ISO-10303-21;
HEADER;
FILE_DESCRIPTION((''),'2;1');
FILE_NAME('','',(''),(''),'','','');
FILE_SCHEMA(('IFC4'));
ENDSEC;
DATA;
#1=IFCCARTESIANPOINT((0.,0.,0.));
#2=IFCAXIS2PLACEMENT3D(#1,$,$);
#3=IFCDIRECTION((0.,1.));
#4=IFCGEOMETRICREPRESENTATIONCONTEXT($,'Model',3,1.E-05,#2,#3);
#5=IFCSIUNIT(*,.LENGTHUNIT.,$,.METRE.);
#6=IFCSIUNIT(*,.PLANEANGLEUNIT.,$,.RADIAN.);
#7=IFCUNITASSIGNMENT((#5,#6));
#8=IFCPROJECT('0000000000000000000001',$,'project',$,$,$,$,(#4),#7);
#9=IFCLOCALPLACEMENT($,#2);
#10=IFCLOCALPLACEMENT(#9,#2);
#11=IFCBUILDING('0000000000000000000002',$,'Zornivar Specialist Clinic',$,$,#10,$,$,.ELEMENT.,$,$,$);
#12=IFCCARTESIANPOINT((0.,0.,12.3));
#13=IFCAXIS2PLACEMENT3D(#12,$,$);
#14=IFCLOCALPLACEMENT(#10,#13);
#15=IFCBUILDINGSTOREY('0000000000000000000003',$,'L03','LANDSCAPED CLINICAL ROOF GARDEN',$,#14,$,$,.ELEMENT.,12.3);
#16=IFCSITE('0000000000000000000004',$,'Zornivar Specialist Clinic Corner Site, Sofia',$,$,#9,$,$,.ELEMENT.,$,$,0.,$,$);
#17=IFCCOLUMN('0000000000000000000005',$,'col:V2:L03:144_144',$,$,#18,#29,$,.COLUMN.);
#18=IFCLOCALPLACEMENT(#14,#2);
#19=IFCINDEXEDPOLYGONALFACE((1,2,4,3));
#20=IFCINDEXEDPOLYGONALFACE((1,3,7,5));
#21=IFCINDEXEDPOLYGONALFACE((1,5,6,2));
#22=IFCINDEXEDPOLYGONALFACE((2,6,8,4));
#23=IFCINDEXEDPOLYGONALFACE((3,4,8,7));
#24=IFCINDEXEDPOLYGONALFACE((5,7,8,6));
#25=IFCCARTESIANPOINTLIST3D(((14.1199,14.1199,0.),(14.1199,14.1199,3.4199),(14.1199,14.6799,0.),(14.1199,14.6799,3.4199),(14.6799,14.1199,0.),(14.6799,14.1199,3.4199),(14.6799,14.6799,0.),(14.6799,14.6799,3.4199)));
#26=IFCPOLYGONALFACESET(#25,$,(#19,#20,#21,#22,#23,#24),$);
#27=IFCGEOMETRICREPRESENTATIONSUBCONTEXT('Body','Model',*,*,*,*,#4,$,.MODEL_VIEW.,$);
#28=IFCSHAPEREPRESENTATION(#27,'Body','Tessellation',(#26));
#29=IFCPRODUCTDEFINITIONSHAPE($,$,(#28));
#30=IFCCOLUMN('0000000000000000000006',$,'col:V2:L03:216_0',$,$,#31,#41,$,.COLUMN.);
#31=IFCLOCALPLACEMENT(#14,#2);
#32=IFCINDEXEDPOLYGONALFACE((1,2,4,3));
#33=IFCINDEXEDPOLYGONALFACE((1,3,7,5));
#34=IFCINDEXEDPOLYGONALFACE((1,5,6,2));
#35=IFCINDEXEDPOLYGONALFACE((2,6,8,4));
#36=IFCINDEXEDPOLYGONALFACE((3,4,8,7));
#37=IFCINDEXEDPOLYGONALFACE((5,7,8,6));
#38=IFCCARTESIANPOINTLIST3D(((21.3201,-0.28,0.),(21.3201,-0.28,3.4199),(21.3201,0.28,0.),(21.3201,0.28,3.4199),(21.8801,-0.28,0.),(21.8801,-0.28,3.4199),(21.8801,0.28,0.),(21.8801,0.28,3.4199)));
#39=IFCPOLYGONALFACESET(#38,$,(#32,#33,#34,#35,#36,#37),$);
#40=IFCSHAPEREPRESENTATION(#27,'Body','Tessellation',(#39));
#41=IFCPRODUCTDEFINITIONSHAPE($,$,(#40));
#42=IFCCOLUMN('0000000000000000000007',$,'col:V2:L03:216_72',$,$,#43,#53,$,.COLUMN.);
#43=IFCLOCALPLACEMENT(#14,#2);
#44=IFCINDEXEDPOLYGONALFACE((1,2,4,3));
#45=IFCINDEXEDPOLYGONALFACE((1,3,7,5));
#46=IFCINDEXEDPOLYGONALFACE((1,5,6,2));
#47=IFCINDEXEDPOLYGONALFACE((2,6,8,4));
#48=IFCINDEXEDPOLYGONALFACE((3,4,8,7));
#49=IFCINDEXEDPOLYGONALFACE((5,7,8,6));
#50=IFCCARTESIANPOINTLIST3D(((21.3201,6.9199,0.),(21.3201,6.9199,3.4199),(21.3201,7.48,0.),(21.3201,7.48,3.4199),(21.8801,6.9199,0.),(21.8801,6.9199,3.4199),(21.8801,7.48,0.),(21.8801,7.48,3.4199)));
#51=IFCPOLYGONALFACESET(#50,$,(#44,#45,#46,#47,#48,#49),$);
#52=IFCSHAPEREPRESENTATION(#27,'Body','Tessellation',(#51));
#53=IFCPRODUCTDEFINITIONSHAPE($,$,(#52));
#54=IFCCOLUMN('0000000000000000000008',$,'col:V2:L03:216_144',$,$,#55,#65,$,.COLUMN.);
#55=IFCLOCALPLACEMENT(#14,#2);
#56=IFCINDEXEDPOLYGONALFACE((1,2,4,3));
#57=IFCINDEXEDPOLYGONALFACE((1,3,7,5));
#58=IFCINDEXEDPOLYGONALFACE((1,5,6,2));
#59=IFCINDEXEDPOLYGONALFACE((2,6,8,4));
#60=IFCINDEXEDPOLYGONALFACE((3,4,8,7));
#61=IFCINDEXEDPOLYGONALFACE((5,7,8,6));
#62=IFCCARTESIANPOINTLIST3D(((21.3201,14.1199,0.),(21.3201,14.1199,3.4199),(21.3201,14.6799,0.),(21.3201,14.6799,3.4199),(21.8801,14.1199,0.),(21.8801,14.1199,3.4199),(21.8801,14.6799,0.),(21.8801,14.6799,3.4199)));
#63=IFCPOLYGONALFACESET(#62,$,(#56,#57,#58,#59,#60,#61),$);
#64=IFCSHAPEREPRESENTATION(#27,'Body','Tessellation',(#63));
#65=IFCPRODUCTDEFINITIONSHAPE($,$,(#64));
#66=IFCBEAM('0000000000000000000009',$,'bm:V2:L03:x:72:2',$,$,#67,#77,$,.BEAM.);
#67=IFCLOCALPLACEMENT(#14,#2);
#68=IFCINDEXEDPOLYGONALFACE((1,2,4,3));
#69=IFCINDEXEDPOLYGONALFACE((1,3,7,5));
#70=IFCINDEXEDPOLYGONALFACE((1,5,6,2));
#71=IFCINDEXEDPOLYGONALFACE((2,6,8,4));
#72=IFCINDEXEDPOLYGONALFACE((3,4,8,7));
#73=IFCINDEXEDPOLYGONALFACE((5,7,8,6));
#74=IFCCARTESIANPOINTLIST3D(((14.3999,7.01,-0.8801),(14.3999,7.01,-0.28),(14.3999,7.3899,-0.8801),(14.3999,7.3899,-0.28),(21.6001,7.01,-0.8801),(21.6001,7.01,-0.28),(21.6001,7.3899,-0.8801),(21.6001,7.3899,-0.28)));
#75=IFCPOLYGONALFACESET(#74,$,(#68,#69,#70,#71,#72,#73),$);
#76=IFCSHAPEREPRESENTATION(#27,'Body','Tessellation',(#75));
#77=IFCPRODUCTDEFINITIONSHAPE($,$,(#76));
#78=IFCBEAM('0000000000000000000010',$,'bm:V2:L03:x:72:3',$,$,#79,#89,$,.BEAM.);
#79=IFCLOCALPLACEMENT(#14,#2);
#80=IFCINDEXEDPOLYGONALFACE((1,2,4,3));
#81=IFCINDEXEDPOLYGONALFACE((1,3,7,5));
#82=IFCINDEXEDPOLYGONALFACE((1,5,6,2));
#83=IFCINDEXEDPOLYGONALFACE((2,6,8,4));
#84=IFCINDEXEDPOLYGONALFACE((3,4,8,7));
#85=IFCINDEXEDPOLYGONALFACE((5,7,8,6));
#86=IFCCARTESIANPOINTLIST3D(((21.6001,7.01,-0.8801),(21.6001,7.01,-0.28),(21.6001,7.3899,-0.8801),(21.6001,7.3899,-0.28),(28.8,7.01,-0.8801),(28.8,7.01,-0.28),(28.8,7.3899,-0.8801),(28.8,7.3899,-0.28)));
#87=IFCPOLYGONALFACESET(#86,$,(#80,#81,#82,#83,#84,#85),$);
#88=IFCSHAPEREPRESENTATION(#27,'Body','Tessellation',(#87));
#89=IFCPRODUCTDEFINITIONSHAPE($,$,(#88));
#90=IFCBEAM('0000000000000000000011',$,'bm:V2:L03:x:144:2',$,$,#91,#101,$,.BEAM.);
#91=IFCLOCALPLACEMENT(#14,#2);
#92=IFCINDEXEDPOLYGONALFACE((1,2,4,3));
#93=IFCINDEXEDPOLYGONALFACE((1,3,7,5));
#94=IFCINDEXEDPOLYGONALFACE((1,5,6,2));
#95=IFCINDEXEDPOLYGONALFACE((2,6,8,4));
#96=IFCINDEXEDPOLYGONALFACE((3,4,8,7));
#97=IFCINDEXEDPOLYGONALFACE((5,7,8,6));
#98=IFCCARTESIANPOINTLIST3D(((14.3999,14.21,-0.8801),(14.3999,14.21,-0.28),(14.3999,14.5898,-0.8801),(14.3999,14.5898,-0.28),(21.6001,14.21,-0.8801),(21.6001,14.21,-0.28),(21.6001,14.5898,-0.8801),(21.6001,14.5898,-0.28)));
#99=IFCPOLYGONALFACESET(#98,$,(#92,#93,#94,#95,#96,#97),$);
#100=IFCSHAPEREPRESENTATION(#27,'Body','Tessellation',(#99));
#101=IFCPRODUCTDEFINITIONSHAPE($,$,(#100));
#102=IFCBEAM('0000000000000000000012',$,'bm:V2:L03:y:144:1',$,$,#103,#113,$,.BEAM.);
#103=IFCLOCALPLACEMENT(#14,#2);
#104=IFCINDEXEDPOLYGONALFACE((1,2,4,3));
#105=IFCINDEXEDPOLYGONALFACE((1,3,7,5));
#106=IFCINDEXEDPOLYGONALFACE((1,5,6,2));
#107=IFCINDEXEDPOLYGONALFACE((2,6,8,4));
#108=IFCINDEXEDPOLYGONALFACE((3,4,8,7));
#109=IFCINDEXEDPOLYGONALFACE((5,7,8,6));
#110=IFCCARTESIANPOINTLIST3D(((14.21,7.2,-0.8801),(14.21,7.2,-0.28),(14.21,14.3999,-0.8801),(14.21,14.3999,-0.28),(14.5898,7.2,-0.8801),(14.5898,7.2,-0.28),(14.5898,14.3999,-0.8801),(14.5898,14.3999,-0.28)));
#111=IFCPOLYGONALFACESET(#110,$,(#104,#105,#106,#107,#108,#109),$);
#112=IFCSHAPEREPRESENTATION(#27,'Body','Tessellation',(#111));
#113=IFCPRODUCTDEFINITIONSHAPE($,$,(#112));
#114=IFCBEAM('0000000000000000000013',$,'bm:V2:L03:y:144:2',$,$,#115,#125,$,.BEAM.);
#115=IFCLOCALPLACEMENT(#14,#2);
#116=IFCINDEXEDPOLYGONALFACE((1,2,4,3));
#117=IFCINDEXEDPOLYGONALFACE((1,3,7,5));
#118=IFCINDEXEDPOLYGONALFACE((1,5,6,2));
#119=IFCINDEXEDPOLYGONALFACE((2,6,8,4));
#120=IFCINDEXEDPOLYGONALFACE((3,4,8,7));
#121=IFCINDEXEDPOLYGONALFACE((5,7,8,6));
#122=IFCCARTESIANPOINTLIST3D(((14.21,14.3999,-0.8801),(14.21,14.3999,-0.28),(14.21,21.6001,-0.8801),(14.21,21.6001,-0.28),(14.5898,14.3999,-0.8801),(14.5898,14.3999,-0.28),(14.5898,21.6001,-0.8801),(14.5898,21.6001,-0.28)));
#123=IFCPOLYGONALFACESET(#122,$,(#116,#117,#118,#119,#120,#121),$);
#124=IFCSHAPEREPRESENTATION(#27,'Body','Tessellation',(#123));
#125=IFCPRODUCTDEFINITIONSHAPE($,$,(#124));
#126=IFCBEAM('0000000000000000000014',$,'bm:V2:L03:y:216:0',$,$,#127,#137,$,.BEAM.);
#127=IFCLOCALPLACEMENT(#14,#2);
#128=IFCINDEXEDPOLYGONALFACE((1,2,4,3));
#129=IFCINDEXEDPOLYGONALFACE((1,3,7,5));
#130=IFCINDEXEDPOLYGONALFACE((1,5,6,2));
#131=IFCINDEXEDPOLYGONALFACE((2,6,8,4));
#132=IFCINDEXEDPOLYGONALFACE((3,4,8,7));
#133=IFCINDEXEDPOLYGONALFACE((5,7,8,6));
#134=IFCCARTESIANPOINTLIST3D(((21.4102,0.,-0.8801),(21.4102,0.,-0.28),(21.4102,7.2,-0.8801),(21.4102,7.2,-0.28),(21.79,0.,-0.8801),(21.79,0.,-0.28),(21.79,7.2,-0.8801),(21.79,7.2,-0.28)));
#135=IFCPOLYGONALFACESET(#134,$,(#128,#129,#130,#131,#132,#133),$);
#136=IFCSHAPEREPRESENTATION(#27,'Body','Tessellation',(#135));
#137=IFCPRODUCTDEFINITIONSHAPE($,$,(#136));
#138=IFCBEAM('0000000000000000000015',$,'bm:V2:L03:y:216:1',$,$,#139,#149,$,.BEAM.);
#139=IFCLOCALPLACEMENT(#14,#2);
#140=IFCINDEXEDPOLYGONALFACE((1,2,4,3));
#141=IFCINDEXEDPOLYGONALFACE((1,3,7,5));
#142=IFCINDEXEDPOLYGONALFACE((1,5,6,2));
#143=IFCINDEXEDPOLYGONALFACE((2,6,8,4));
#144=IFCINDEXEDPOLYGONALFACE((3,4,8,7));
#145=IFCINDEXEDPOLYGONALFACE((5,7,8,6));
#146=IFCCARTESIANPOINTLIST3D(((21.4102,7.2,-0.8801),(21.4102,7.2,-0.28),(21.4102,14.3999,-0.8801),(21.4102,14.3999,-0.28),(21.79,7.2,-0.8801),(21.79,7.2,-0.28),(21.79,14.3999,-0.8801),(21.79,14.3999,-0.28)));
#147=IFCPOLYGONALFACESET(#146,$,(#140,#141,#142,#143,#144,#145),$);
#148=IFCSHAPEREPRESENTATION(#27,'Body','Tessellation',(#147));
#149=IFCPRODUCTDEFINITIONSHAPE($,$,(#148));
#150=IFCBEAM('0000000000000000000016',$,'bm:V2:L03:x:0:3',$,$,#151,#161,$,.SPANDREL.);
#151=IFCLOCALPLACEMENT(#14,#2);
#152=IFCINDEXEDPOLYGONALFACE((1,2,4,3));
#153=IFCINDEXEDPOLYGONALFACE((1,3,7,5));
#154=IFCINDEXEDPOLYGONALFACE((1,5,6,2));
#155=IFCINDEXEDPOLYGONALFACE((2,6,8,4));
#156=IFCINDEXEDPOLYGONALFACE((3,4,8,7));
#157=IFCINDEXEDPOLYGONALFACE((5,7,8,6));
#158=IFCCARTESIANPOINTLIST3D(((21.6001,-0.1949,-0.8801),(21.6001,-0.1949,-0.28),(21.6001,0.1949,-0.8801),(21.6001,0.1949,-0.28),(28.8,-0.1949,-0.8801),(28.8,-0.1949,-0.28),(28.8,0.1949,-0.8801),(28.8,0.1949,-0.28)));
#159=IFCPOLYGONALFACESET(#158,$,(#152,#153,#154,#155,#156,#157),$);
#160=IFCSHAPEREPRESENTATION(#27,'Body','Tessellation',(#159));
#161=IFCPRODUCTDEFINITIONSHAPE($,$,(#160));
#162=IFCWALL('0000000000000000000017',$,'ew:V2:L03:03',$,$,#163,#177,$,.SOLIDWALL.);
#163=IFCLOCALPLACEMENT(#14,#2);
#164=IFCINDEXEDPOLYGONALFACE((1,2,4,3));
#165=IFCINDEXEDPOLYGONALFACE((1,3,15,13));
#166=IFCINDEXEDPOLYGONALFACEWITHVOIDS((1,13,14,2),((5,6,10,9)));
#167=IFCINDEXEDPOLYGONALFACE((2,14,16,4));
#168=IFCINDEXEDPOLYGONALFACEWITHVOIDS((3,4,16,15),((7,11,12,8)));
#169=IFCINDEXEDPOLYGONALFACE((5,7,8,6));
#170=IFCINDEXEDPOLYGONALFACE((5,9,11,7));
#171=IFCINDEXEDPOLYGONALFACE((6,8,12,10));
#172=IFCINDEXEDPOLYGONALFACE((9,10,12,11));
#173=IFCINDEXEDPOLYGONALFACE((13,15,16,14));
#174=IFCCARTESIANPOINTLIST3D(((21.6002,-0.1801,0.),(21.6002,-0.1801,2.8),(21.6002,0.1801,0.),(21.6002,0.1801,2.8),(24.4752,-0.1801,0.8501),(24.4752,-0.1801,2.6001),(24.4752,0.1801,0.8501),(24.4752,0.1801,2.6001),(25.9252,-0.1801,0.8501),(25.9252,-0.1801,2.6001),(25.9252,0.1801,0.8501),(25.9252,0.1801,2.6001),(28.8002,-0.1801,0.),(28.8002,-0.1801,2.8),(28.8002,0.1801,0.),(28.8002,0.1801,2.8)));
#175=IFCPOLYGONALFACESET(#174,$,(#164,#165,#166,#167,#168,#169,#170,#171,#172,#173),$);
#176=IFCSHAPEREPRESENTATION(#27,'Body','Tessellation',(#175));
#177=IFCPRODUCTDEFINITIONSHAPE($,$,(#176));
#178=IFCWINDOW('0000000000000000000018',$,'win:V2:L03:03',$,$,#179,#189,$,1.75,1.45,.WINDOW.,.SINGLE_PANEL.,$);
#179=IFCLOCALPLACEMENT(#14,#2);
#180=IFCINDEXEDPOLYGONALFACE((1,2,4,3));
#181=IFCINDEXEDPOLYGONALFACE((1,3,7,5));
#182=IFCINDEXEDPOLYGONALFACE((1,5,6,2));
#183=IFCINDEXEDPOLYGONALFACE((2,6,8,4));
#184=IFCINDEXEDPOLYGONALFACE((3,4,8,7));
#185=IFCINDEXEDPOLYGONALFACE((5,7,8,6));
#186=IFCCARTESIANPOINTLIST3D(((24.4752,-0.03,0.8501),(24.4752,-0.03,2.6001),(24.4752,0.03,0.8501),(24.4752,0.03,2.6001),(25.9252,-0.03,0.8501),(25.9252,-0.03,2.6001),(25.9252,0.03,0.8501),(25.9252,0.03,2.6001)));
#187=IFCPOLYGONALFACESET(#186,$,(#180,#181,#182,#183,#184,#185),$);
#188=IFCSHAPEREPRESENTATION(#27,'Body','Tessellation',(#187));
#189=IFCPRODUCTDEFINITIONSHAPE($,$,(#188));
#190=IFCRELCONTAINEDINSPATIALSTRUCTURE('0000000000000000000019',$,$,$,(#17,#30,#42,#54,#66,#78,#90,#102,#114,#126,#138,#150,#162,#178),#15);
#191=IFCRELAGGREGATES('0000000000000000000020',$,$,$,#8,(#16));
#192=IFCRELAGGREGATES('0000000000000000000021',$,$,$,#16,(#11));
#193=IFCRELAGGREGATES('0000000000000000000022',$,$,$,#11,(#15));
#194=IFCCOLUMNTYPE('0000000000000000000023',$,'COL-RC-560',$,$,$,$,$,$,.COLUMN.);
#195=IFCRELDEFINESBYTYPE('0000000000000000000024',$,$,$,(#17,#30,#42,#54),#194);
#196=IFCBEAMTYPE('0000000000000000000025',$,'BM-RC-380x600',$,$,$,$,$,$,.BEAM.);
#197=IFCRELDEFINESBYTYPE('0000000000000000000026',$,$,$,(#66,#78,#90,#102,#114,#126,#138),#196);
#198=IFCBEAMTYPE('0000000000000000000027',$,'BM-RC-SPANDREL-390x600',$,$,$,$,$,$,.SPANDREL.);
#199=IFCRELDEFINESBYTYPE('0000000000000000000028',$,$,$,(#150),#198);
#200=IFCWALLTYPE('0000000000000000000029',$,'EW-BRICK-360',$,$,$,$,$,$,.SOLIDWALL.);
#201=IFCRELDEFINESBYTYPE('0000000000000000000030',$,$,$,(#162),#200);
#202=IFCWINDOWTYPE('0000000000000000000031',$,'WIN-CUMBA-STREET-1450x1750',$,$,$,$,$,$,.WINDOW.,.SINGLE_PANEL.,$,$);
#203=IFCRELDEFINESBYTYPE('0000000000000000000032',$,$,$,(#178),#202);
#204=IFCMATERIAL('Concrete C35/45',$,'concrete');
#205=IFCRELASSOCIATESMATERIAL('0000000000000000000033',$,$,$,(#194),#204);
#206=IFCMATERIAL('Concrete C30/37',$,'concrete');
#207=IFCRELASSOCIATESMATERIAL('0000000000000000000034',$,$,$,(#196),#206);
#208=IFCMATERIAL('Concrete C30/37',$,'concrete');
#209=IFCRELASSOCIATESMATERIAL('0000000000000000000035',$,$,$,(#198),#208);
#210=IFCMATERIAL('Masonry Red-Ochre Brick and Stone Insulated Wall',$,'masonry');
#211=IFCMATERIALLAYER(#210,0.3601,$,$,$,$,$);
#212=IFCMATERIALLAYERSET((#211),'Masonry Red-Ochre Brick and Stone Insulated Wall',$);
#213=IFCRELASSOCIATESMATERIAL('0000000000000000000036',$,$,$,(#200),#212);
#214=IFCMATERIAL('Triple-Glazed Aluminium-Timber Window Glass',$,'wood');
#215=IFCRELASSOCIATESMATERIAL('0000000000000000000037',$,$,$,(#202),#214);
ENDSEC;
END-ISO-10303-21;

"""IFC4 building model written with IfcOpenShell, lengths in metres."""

from ifc_helpers import new_model, si_unit, direction, frame, frame_2d, origin, origin_2d, place, context, subcontext, project, spatial, rectangle, extrude, material, layer, layer_set, material_profile, profile_set, type_object, element, fill, save


model = new_model("IFC4")

# Units and contexts
model_context = context("Model", 3, precision=1e-05, world=origin(), true_north=direction((0.0, 1.0)))
body_context = subcontext(model_context, "Body", "Model", "MODEL_VIEW")
ifc_project = project(units=[si_unit("LENGTHUNIT", "METRE"), si_unit("PLANEANGLEUNIT", "RADIAN")], contexts=[model_context])

# Site, building, storey
site_placement = place(None, origin())
site = spatial("IfcSite", under=ifc_project, at=site_placement, Name="Zornivar Specialist Clinic Corner Site, Sofia", CompositionType="ELEMENT", RefElevation=0.0)
building_placement = place(site_placement, origin())
building = spatial("IfcBuilding", under=site, at=building_placement, Name="Zornivar Specialist Clinic", CompositionType="ELEMENT")
storey_placement = place(building_placement, frame((0.0, 0.0, 12.3)))
storey = spatial("IfcBuildingStorey", under=building, at=storey_placement, Name="L03", Description="LANDSCAPED CLINICAL ROOF GARDEN", CompositionType="ELEMENT", Elevation=12.3)

# Columns
ifc_material_1 = material(Name="Concrete C35/45", Category="concrete")
ifc_material_profile_1 = material_profile(ifc_material_1, rectangle(XDim=0.5601, YDim=0.5601, at=origin_2d()), Name="RC 560x560")
ifc_profile_set_1 = profile_set([ifc_material_profile_1], Name="Concrete C35/45")
column_type = type_object("IfcColumnType", Name="COL-RC-560", PredefinedType="COLUMN", material=ifc_profile_set_1)
for number, where, z_axis, x_axis, name in (
    (1, (14.3999, 14.3999, 0.0), (0.0, 0.0, 1.0), (1.0, 0.0, 0.0), "col:V2:L03:144_144"),
    (2, (21.6001, 0.0, 0.0), (0.0, 0.0, 1.0), (1.0, 0.0, 0.0), "col:V2:L03:216_0"),
    (3, (21.6001, 7.2, 0.0), (0.0, 0.0, 1.0), (1.0, 0.0, 0.0), "col:V2:L03:216_72"),
    (4, (21.6001, 14.3999, 0.0), (0.0, 0.0, 1.0), (1.0, 0.0, 0.0), "col:V2:L03:216_144"),
):
    element("IfcColumn", number, at=place(storey_placement, frame(where, z_axis=z_axis, x_axis=x_axis)), inside=storey, type_object=column_type, Name=name, PredefinedType="COLUMN", context=body_context, shape_type="SweptSolid", body=[
        extrude(rectangle(XDim=0.5601, YDim=0.5601, at=origin_2d()), origin(), (0.0, 0.0, 1.0), 3.4199),
    ])

# Beams
ifc_material_2 = material(Name="Concrete C30/37", Category="concrete")
ifc_material_profile_2 = material_profile(ifc_material_2, rectangle(XDim=0.3799, YDim=0.6001, at=origin_2d()), Name="RC 380x600")
ifc_profile_set_2 = profile_set([ifc_material_profile_2], Name="Concrete C30/37")
beam_type_1 = type_object("IfcBeamType", Name="BM-RC-380x600", PredefinedType="BEAM", material=ifc_profile_set_2)
beam_1_placement = place(storey_placement, frame((14.3999, 7.2, -0.5801), z_axis=(1.0, 0.0, 0.0), x_axis=(0.0, 1.0, 0.0)))
element("IfcBeam", 5, at=beam_1_placement, inside=storey, type_object=beam_type_1, Name="bm:V2:L03:x:72:2", PredefinedType="BEAM", context=body_context, shape_type="SweptSolid", body=[
    extrude(rectangle(XDim=0.3799, YDim=0.6001, at=origin_2d()), origin(), (0.0, 0.0, 1.0), 7.2002),
])
beam_2_placement = place(storey_placement, frame((21.6001, 7.2, -0.5801), z_axis=(1.0, 0.0, 0.0), x_axis=(0.0, 1.0, 0.0)))
element("IfcBeam", 6, at=beam_2_placement, inside=storey, type_object=beam_type_1, Name="bm:V2:L03:x:72:3", PredefinedType="BEAM", context=body_context, shape_type="SweptSolid", body=[
    extrude(rectangle(XDim=0.3799, YDim=0.6001, at=origin_2d()), origin(), (0.0, 0.0, 1.0), 7.2),
])
beam_3_placement = place(storey_placement, frame((14.3999, 14.3999, -0.5801), z_axis=(1.0, 0.0, 0.0), x_axis=(0.0, 1.0, 0.0)))
element("IfcBeam", 7, at=beam_3_placement, inside=storey, type_object=beam_type_1, Name="bm:V2:L03:x:144:2", PredefinedType="BEAM", context=body_context, shape_type="SweptSolid", body=[
    extrude(rectangle(XDim=0.3799, YDim=0.6001, at=origin_2d()), origin(), (0.0, 0.0, 1.0), 7.2002),
])
beam_4_placement = place(storey_placement, frame((14.3999, 7.2, -0.5801), z_axis=(0.0, 1.0, 0.0), x_axis=(-1.0, 0.0, 0.0)))
element("IfcBeam", 8, at=beam_4_placement, inside=storey, type_object=beam_type_1, Name="bm:V2:L03:y:144:1", PredefinedType="BEAM", context=body_context, shape_type="SweptSolid", body=[
    extrude(rectangle(XDim=0.3799, YDim=0.6001, at=origin_2d()), origin(), (0.0, 0.0, 1.0), 7.2),
])
beam_5_placement = place(storey_placement, frame((14.3999, 14.3999, -0.5801), z_axis=(0.0, 1.0, 0.0), x_axis=(-1.0, 0.0, 0.0)))
element("IfcBeam", 9, at=beam_5_placement, inside=storey, type_object=beam_type_1, Name="bm:V2:L03:y:144:2", PredefinedType="BEAM", context=body_context, shape_type="SweptSolid", body=[
    extrude(rectangle(XDim=0.3799, YDim=0.6001, at=origin_2d()), origin(), (0.0, 0.0, 1.0), 7.2002),
])
for number, where, z_axis, x_axis, name in (
    (10, (21.6001, 0.0, -0.5801), (0.0, 1.0, 0.0), (-1.0, 0.0, 0.0), "bm:V2:L03:y:216:0"),
    (11, (21.6001, 7.2, -0.5801), (0.0, 1.0, 0.0), (-1.0, 0.0, 0.0), "bm:V2:L03:y:216:1"),
):
    element("IfcBeam", number, at=place(storey_placement, frame(where, z_axis=z_axis, x_axis=x_axis)), inside=storey, type_object=beam_type_1, Name=name, PredefinedType="BEAM", context=body_context, shape_type="SweptSolid", body=[
        extrude(rectangle(XDim=0.3799, YDim=0.6001, at=origin_2d()), origin(), (0.0, 0.0, 1.0), 7.2),
    ])
ifc_material_3 = material(Name="Concrete C30/37", Category="concrete")
ifc_material_profile_3 = material_profile(ifc_material_3, rectangle(XDim=0.3899, YDim=0.6001, at=origin_2d()), Name="RC 390x600")
ifc_profile_set_3 = profile_set([ifc_material_profile_3], Name="Concrete C30/37")
beam_type_2 = type_object("IfcBeamType", Name="BM-RC-SPANDREL-390x600", PredefinedType="SPANDREL", material=ifc_profile_set_3)
beam_6_placement = place(storey_placement, frame((21.6001, 0.0, -0.5801), z_axis=(1.0, 0.0, 0.0), x_axis=(0.0, 1.0, 0.0)))
element("IfcBeam", 12, at=beam_6_placement, inside=storey, type_object=beam_type_2, Name="bm:V2:L03:x:0:3", PredefinedType="SPANDREL", context=body_context, shape_type="SweptSolid", body=[
    extrude(rectangle(XDim=0.3899, YDim=0.6001, at=origin_2d()), origin(), (0.0, 0.0, 1.0), 7.2),
])

# Wall, opening, window
ifc_material_4 = material(Name="Masonry Red-Ochre Brick and Stone Insulated Wall", Category="masonry")
ifc_layer_1 = layer(ifc_material_4, 0.3601)
ifc_layer_set_1 = layer_set([ifc_layer_1], Name="Masonry Red-Ochre Brick and Stone Insulated Wall")
wall_type_1 = type_object("IfcWallType", Name="EW-BRICK-360", PredefinedType="SOLIDWALL", material=ifc_layer_set_1)
wall_1_placement = place(storey_placement, frame((21.6001, 0.0, 0.0), z_axis=(0.0, 0.0, 1.0), x_axis=(1.0, 0.0, 0.0)))
wall_1 = element("IfcWall", 13, at=wall_1_placement, inside=storey, type_object=wall_type_1, Name="ew:V2:L03:03", PredefinedType="SOLIDWALL", context=body_context, shape_type="SweptSolid", body=[
    extrude(rectangle(XDim=7.2, YDim=0.3601, at=frame_2d((3.6001, 0.0))), origin(), (0.0, 0.0, 1.0), 2.8),
])
opening_1_placement = place(wall_1_placement, frame((2.875, 0.0, 0.8501)))
opening_1 = element("IfcOpeningElement", 14, at=opening_1_placement, cuts=wall_1, PredefinedType="OPENING", context=body_context, shape_type="SweptSolid", body=[
    extrude(rectangle(XDim=1.45, YDim=1.75, at=frame_2d((0.7251, 0.875))), frame((0.0, 0.1899, 0.0), z_axis=(0.0, -1.0, 0.0), x_axis=(1.0, 0.0, 0.0)), (0.0, 0.0, 1.0), 0.3801),
])
ifc_material_5 = material(Name="Triple-Glazed Aluminium-Timber Window Glass", Category="wood")
window_type = type_object("IfcWindowType", Name="WIN-CUMBA-STREET-1450x1750", PartitioningType="SINGLE_PANEL", PredefinedType="WINDOW", material=ifc_material_5)
window_placement = place(opening_1_placement, origin())
window = element("IfcWindow", 15, at=window_placement, inside=storey, type_object=window_type, Name="win:V2:L03:03", OverallHeight=1.75, OverallWidth=1.45, PartitioningType="SINGLE_PANEL", PredefinedType="WINDOW", context=body_context, shape_type="SweptSolid", body=[
    extrude(rectangle(XDim=1.45, YDim=1.75, at=frame_2d((0.7251, 0.875))), frame((0.0, 0.03, 0.0), z_axis=(0.0, -1.0, 0.0), x_axis=(1.0, 0.0, 0.0)), (0.0, 0.0, 1.0), 0.0601),
])
fill(opening_1, window)

save(model, "model.ifc")
